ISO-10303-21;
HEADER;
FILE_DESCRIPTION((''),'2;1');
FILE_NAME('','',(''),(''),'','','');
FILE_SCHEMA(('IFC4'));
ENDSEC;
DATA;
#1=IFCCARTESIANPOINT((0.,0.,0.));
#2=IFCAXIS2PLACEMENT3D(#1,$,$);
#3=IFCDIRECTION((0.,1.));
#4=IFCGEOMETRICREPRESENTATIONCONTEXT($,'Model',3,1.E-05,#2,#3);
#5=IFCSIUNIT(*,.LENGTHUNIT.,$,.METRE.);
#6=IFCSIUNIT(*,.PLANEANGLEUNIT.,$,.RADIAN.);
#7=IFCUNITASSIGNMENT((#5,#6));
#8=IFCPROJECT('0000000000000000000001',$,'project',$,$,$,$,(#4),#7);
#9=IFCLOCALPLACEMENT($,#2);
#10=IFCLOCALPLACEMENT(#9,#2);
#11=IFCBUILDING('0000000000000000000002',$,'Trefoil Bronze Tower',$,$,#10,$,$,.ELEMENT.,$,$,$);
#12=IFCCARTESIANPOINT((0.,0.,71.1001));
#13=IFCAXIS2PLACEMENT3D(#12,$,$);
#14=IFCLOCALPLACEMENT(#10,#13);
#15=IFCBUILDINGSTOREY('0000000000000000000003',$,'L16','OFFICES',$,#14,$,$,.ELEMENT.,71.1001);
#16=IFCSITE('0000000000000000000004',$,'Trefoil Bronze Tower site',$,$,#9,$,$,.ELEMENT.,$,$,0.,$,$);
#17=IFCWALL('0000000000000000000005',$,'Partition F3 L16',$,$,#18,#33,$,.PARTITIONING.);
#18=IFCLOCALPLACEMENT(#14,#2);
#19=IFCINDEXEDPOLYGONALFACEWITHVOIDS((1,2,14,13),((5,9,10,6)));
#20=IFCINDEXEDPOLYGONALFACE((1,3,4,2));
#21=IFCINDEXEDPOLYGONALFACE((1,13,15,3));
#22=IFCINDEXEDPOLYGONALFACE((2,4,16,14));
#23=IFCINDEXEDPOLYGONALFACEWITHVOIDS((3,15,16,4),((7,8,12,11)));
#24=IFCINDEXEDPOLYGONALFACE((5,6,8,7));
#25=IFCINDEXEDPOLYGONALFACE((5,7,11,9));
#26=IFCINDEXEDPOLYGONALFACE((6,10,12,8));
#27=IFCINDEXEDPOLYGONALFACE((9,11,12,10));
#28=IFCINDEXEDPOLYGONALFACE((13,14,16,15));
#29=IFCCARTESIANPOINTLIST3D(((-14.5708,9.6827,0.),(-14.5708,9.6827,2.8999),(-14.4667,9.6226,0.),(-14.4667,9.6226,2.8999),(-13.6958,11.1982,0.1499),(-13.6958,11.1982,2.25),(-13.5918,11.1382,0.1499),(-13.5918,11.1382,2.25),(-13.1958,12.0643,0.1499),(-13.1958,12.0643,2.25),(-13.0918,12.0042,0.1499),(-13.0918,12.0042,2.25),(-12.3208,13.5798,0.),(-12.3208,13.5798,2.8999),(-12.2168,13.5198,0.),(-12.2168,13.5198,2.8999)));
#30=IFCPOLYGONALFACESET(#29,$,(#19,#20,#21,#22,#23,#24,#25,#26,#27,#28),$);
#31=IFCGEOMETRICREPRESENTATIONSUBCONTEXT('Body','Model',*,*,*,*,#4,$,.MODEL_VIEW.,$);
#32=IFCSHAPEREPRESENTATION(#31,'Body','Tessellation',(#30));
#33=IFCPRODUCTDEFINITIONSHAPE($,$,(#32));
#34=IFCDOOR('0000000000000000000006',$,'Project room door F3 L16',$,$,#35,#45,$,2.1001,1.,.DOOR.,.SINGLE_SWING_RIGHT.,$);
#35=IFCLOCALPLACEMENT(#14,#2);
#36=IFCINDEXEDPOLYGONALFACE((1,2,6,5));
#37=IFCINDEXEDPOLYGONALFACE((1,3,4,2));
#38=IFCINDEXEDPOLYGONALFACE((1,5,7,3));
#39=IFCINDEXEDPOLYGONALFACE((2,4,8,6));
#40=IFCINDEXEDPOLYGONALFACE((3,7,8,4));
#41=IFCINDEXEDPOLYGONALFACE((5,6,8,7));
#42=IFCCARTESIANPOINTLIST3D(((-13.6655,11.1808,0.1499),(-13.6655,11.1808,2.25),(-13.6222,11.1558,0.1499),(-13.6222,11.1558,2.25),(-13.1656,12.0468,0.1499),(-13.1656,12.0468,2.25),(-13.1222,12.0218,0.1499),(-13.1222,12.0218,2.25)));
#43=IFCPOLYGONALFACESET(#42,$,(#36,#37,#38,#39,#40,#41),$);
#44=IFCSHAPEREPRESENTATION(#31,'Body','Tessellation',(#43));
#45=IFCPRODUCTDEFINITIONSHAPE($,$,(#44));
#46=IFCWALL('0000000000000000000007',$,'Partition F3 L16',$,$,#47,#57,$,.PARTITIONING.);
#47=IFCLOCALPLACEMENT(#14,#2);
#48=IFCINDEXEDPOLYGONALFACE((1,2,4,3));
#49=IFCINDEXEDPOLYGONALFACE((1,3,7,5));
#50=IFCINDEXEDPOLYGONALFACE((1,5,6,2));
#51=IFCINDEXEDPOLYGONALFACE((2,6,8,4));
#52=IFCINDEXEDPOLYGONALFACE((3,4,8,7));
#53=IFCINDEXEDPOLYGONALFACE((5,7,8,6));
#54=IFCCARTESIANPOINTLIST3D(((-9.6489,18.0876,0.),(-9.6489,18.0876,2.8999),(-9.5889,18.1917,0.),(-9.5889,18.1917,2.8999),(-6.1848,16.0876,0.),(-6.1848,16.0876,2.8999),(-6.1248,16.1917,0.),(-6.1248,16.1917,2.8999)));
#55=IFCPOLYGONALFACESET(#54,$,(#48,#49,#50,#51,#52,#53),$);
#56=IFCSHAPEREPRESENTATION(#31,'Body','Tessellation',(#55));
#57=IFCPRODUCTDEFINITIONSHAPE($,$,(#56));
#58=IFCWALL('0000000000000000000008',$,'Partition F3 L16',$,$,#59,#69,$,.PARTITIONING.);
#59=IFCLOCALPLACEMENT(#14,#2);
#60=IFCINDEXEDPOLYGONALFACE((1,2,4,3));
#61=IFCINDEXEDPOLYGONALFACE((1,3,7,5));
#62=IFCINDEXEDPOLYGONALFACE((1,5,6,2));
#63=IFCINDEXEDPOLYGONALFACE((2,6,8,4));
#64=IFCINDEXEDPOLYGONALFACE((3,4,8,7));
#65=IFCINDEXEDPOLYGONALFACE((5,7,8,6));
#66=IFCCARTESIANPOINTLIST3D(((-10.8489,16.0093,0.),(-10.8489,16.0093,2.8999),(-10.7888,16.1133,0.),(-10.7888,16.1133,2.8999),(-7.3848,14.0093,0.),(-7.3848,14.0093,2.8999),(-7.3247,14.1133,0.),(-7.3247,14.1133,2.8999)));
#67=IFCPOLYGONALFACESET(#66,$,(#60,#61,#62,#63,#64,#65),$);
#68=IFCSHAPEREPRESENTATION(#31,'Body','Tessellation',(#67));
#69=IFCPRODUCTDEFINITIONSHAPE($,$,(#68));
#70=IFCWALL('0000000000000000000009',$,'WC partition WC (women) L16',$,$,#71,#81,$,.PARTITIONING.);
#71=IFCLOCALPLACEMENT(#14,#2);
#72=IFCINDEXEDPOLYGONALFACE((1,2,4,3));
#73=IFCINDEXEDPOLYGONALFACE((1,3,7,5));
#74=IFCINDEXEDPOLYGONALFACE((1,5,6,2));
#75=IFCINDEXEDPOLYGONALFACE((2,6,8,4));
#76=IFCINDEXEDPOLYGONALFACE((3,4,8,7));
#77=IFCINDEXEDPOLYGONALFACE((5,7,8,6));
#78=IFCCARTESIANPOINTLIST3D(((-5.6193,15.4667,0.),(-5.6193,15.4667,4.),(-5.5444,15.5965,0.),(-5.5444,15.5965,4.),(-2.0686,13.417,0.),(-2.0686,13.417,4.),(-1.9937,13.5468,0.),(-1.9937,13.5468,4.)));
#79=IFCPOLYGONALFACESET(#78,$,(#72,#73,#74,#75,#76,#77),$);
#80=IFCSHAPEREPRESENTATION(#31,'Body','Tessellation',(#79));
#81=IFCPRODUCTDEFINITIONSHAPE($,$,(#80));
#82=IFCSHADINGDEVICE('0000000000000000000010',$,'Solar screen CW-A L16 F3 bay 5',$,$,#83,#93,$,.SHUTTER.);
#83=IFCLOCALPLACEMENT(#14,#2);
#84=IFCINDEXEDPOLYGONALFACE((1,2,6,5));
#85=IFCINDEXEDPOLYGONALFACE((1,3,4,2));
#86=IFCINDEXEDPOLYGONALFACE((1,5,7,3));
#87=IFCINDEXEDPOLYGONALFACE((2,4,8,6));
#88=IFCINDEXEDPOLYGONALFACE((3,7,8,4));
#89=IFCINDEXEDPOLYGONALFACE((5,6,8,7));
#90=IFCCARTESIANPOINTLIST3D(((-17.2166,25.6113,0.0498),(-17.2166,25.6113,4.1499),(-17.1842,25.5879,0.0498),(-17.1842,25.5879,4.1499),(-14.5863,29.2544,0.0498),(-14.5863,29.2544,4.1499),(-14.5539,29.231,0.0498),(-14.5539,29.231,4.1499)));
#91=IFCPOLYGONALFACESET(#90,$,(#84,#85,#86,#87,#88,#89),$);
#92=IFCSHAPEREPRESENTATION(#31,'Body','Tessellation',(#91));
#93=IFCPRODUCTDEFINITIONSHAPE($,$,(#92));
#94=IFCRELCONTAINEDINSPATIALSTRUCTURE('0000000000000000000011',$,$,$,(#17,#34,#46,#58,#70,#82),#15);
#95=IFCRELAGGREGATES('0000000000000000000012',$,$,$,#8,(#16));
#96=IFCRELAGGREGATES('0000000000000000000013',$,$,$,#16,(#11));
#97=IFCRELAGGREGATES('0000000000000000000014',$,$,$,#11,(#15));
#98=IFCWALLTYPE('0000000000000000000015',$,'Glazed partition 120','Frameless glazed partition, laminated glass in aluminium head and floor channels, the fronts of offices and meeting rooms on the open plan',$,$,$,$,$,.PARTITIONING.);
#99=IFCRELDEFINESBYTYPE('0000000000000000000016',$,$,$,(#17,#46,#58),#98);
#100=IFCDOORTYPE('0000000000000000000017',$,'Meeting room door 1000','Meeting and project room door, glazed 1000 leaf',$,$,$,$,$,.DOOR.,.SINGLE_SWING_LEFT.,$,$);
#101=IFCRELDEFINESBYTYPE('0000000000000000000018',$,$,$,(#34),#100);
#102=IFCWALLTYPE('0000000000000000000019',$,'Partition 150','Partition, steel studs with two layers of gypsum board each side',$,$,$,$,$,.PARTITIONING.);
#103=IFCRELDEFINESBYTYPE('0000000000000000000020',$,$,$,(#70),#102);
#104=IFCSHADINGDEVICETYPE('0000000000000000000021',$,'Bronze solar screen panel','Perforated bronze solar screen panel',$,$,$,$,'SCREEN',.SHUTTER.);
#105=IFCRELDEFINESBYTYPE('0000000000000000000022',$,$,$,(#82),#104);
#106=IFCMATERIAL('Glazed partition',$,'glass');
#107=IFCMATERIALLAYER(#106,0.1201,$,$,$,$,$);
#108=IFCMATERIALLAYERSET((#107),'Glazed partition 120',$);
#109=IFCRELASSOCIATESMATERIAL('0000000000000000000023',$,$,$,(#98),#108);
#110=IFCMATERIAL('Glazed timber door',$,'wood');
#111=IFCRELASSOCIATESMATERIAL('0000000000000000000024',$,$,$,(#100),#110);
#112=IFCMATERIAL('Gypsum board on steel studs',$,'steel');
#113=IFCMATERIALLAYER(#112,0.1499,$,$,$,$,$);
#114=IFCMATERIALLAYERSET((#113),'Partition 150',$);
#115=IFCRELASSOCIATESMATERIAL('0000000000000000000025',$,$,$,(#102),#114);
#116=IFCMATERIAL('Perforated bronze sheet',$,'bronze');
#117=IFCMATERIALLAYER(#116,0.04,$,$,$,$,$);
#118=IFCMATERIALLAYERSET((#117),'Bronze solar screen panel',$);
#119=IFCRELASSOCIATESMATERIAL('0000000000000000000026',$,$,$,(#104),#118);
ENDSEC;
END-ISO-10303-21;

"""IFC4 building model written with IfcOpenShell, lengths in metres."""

from ifc_helpers import new_model, si_unit, direction, frame, frame_2d, origin, origin_2d, place, context, subcontext, project, spatial, rectangle, extrude, material, layer, layer_set, type_object, element, fill, save


model = new_model("IFC4")

# Units and contexts
model_context = context("Model", 3, precision=1e-05, world=origin(), true_north=direction((0.0, 1.0)))
body_context = subcontext(model_context, "Body", "Model", "MODEL_VIEW")
ifc_project = project(units=[si_unit("LENGTHUNIT", "METRE"), si_unit("PLANEANGLEUNIT", "RADIAN")], contexts=[model_context])

# Site, building, storey
site_placement = place(None, origin())
site = spatial("IfcSite", under=ifc_project, at=site_placement, Name="Trefoil Bronze Tower site", CompositionType="ELEMENT", RefElevation=0.0)
building_placement = place(site_placement, origin())
building = spatial("IfcBuilding", under=site, at=building_placement, Name="Trefoil Bronze Tower", CompositionType="ELEMENT")
storey_placement = place(building_placement, frame((0.0, 0.0, 71.1001)))
storey = spatial("IfcBuildingStorey", under=building, at=storey_placement, Name="L16", Description="OFFICES", CompositionType="ELEMENT", Elevation=71.1001)

# Wall, opening, door
ifc_material_1 = material(Name="Glazed partition", Category="glass")
ifc_layer_1 = layer(ifc_material_1, 0.1201)
ifc_layer_set_1 = layer_set([ifc_layer_1], Name="Glazed partition 120")
wall_type_1 = type_object("IfcWallType", Name="Glazed partition 120", Description="Frameless glazed partition, laminated glass in aluminium head and floor channels, the fronts of offices and meeting rooms on the open plan", PredefinedType="PARTITIONING", material=ifc_layer_set_1)
wall_1_placement = place(storey_placement, frame((-12.2688, 13.5498, 0.0), z_axis=(0.0, 0.0, 1.0), x_axis=(-0.49999, -0.866031, 0.0)))
wall_1 = element("IfcWall", 1, at=wall_1_placement, inside=storey, type_object=wall_type_1, Name="Partition F3 L16", PredefinedType="PARTITIONING", context=body_context, shape_type="SweptSolid", body=[
    extrude(rectangle(XDim=4.5, YDim=0.1201, at=frame_2d((2.25, 0.0))), origin(), (0.0, 0.0, 1.0), 2.8999),
])
opening_1_placement = place(wall_1_placement, frame((1.75, 0.0, 0.1499)))
opening_1 = element("IfcOpeningElement", 2, at=opening_1_placement, cuts=wall_1, PredefinedType="OPENING", context=body_context, shape_type="SweptSolid", body=[
    extrude(rectangle(XDim=1.0, YDim=2.1001, at=frame_2d((0.5, 1.05))), frame((0.0, 0.0701, 0.0), z_axis=(0.0, -1.0, 0.0), x_axis=(1.0, 0.0, 0.0)), (0.0, 0.0, 1.0), 0.1401),
])
ifc_material_2 = material(Name="Glazed timber door", Category="wood")
door_type_1 = type_object("IfcDoorType", Name="Meeting room door 1000", Description="Meeting and project room door, glazed 1000 leaf", OperationType="SINGLE_SWING_LEFT", PredefinedType="DOOR", material=ifc_material_2)
door_1_placement = place(opening_1_placement, origin())
door_1 = element("IfcDoor", 3, at=door_1_placement, inside=storey, type_object=door_type_1, Name="Project room door F3 L16", OperationType="SINGLE_SWING_RIGHT", OverallHeight=2.1001, OverallWidth=1.0, PredefinedType="DOOR", context=body_context, shape_type="SweptSolid", body=[
    extrude(rectangle(XDim=1.0, YDim=2.1001, at=frame_2d((0.5, 1.05))), frame((0.0, 0.0249, 0.0), z_axis=(0.0, -1.0, 0.0), x_axis=(1.0, 0.0, 0.0)), (0.0, 0.0, 1.0), 0.05),
])
fill(opening_1, door_1)

# Walls
for number, where, z_axis, x_axis, name in (
    (4, (-6.1548, 16.1396, 0.0), (0.0, 0.0, 1.0), (-0.866026, 0.499999, 0.0), "Partition F3 L16"),
    (5, (-7.3547, 14.0613, 0.0), (0.0, 0.0, 1.0), (-0.866026, 0.499999, 0.0), "Partition F3 L16"),
):
    element("IfcWall", number, at=place(storey_placement, frame(where, z_axis=z_axis, x_axis=x_axis)), inside=storey, type_object=wall_type_1, Name=name, PredefinedType="PARTITIONING", context=body_context, shape_type="SweptSolid", body=[
        extrude(rectangle(XDim=4.0, YDim=0.1201, at=frame_2d((2.0, 0.0))), origin(), (0.0, 0.0, 1.0), 2.8999),
    ])
ifc_material_3 = material(Name="Gypsum board on steel studs", Category="steel")
ifc_layer_2 = layer(ifc_material_3, 0.1499)
ifc_layer_set_2 = layer_set([ifc_layer_2], Name="Partition 150")
wall_type_2 = type_object("IfcWallType", Name="Partition 150", Description="Partition, steel studs with two layers of gypsum board each side", PredefinedType="PARTITIONING", material=ifc_layer_set_2)
wall_2_placement = place(storey_placement, frame((-2.0312, 13.4819, 0.0), z_axis=(0.0, 0.0, 1.0), x_axis=(-0.866051, 0.499956, 0.0)))
element("IfcWall", 6, at=wall_2_placement, inside=storey, type_object=wall_type_2, Name="WC partition WC (women) L16", PredefinedType="PARTITIONING", context=body_context, shape_type="SweptSolid", body=[
    extrude(rectangle(XDim=4.0999, YDim=0.1499, at=frame_2d((2.0498, 0.0))), origin(), (0.0, 0.0, 1.0), 4.0),
])

# Shading device
ifc_material_4 = material(Name="Perforated bronze sheet", Category="bronze")
ifc_layer_3 = layer(ifc_material_4, 0.04)
ifc_layer_set_3 = layer_set([ifc_layer_3], Name="Bronze solar screen panel")
shading_device_type = type_object("IfcShadingDeviceType", Name="Bronze solar screen panel", Description="Perforated bronze solar screen panel", ElementType="SCREEN", PredefinedType="SHUTTER", material=ifc_layer_set_3)
shading_device_placement = place(storey_placement, frame((-15.8853, 27.4211, 0.0498), z_axis=(0.0, 0.0, 1.0), x_axis=(-0.585373, -0.810764, 0.0)))
element("IfcShadingDevice", 7, at=shading_device_placement, inside=storey, type_object=shading_device_type, Name="Solar screen CW-A L16 F3 bay 5", PredefinedType="SHUTTER", context=body_context, shape_type="SweptSolid", body=[
    extrude(rectangle(XDim=4.4934, YDim=0.04, at=origin_2d()), origin(), (0.0, 0.0, 1.0), 4.1001),
])

save(model, "model.ifc")
